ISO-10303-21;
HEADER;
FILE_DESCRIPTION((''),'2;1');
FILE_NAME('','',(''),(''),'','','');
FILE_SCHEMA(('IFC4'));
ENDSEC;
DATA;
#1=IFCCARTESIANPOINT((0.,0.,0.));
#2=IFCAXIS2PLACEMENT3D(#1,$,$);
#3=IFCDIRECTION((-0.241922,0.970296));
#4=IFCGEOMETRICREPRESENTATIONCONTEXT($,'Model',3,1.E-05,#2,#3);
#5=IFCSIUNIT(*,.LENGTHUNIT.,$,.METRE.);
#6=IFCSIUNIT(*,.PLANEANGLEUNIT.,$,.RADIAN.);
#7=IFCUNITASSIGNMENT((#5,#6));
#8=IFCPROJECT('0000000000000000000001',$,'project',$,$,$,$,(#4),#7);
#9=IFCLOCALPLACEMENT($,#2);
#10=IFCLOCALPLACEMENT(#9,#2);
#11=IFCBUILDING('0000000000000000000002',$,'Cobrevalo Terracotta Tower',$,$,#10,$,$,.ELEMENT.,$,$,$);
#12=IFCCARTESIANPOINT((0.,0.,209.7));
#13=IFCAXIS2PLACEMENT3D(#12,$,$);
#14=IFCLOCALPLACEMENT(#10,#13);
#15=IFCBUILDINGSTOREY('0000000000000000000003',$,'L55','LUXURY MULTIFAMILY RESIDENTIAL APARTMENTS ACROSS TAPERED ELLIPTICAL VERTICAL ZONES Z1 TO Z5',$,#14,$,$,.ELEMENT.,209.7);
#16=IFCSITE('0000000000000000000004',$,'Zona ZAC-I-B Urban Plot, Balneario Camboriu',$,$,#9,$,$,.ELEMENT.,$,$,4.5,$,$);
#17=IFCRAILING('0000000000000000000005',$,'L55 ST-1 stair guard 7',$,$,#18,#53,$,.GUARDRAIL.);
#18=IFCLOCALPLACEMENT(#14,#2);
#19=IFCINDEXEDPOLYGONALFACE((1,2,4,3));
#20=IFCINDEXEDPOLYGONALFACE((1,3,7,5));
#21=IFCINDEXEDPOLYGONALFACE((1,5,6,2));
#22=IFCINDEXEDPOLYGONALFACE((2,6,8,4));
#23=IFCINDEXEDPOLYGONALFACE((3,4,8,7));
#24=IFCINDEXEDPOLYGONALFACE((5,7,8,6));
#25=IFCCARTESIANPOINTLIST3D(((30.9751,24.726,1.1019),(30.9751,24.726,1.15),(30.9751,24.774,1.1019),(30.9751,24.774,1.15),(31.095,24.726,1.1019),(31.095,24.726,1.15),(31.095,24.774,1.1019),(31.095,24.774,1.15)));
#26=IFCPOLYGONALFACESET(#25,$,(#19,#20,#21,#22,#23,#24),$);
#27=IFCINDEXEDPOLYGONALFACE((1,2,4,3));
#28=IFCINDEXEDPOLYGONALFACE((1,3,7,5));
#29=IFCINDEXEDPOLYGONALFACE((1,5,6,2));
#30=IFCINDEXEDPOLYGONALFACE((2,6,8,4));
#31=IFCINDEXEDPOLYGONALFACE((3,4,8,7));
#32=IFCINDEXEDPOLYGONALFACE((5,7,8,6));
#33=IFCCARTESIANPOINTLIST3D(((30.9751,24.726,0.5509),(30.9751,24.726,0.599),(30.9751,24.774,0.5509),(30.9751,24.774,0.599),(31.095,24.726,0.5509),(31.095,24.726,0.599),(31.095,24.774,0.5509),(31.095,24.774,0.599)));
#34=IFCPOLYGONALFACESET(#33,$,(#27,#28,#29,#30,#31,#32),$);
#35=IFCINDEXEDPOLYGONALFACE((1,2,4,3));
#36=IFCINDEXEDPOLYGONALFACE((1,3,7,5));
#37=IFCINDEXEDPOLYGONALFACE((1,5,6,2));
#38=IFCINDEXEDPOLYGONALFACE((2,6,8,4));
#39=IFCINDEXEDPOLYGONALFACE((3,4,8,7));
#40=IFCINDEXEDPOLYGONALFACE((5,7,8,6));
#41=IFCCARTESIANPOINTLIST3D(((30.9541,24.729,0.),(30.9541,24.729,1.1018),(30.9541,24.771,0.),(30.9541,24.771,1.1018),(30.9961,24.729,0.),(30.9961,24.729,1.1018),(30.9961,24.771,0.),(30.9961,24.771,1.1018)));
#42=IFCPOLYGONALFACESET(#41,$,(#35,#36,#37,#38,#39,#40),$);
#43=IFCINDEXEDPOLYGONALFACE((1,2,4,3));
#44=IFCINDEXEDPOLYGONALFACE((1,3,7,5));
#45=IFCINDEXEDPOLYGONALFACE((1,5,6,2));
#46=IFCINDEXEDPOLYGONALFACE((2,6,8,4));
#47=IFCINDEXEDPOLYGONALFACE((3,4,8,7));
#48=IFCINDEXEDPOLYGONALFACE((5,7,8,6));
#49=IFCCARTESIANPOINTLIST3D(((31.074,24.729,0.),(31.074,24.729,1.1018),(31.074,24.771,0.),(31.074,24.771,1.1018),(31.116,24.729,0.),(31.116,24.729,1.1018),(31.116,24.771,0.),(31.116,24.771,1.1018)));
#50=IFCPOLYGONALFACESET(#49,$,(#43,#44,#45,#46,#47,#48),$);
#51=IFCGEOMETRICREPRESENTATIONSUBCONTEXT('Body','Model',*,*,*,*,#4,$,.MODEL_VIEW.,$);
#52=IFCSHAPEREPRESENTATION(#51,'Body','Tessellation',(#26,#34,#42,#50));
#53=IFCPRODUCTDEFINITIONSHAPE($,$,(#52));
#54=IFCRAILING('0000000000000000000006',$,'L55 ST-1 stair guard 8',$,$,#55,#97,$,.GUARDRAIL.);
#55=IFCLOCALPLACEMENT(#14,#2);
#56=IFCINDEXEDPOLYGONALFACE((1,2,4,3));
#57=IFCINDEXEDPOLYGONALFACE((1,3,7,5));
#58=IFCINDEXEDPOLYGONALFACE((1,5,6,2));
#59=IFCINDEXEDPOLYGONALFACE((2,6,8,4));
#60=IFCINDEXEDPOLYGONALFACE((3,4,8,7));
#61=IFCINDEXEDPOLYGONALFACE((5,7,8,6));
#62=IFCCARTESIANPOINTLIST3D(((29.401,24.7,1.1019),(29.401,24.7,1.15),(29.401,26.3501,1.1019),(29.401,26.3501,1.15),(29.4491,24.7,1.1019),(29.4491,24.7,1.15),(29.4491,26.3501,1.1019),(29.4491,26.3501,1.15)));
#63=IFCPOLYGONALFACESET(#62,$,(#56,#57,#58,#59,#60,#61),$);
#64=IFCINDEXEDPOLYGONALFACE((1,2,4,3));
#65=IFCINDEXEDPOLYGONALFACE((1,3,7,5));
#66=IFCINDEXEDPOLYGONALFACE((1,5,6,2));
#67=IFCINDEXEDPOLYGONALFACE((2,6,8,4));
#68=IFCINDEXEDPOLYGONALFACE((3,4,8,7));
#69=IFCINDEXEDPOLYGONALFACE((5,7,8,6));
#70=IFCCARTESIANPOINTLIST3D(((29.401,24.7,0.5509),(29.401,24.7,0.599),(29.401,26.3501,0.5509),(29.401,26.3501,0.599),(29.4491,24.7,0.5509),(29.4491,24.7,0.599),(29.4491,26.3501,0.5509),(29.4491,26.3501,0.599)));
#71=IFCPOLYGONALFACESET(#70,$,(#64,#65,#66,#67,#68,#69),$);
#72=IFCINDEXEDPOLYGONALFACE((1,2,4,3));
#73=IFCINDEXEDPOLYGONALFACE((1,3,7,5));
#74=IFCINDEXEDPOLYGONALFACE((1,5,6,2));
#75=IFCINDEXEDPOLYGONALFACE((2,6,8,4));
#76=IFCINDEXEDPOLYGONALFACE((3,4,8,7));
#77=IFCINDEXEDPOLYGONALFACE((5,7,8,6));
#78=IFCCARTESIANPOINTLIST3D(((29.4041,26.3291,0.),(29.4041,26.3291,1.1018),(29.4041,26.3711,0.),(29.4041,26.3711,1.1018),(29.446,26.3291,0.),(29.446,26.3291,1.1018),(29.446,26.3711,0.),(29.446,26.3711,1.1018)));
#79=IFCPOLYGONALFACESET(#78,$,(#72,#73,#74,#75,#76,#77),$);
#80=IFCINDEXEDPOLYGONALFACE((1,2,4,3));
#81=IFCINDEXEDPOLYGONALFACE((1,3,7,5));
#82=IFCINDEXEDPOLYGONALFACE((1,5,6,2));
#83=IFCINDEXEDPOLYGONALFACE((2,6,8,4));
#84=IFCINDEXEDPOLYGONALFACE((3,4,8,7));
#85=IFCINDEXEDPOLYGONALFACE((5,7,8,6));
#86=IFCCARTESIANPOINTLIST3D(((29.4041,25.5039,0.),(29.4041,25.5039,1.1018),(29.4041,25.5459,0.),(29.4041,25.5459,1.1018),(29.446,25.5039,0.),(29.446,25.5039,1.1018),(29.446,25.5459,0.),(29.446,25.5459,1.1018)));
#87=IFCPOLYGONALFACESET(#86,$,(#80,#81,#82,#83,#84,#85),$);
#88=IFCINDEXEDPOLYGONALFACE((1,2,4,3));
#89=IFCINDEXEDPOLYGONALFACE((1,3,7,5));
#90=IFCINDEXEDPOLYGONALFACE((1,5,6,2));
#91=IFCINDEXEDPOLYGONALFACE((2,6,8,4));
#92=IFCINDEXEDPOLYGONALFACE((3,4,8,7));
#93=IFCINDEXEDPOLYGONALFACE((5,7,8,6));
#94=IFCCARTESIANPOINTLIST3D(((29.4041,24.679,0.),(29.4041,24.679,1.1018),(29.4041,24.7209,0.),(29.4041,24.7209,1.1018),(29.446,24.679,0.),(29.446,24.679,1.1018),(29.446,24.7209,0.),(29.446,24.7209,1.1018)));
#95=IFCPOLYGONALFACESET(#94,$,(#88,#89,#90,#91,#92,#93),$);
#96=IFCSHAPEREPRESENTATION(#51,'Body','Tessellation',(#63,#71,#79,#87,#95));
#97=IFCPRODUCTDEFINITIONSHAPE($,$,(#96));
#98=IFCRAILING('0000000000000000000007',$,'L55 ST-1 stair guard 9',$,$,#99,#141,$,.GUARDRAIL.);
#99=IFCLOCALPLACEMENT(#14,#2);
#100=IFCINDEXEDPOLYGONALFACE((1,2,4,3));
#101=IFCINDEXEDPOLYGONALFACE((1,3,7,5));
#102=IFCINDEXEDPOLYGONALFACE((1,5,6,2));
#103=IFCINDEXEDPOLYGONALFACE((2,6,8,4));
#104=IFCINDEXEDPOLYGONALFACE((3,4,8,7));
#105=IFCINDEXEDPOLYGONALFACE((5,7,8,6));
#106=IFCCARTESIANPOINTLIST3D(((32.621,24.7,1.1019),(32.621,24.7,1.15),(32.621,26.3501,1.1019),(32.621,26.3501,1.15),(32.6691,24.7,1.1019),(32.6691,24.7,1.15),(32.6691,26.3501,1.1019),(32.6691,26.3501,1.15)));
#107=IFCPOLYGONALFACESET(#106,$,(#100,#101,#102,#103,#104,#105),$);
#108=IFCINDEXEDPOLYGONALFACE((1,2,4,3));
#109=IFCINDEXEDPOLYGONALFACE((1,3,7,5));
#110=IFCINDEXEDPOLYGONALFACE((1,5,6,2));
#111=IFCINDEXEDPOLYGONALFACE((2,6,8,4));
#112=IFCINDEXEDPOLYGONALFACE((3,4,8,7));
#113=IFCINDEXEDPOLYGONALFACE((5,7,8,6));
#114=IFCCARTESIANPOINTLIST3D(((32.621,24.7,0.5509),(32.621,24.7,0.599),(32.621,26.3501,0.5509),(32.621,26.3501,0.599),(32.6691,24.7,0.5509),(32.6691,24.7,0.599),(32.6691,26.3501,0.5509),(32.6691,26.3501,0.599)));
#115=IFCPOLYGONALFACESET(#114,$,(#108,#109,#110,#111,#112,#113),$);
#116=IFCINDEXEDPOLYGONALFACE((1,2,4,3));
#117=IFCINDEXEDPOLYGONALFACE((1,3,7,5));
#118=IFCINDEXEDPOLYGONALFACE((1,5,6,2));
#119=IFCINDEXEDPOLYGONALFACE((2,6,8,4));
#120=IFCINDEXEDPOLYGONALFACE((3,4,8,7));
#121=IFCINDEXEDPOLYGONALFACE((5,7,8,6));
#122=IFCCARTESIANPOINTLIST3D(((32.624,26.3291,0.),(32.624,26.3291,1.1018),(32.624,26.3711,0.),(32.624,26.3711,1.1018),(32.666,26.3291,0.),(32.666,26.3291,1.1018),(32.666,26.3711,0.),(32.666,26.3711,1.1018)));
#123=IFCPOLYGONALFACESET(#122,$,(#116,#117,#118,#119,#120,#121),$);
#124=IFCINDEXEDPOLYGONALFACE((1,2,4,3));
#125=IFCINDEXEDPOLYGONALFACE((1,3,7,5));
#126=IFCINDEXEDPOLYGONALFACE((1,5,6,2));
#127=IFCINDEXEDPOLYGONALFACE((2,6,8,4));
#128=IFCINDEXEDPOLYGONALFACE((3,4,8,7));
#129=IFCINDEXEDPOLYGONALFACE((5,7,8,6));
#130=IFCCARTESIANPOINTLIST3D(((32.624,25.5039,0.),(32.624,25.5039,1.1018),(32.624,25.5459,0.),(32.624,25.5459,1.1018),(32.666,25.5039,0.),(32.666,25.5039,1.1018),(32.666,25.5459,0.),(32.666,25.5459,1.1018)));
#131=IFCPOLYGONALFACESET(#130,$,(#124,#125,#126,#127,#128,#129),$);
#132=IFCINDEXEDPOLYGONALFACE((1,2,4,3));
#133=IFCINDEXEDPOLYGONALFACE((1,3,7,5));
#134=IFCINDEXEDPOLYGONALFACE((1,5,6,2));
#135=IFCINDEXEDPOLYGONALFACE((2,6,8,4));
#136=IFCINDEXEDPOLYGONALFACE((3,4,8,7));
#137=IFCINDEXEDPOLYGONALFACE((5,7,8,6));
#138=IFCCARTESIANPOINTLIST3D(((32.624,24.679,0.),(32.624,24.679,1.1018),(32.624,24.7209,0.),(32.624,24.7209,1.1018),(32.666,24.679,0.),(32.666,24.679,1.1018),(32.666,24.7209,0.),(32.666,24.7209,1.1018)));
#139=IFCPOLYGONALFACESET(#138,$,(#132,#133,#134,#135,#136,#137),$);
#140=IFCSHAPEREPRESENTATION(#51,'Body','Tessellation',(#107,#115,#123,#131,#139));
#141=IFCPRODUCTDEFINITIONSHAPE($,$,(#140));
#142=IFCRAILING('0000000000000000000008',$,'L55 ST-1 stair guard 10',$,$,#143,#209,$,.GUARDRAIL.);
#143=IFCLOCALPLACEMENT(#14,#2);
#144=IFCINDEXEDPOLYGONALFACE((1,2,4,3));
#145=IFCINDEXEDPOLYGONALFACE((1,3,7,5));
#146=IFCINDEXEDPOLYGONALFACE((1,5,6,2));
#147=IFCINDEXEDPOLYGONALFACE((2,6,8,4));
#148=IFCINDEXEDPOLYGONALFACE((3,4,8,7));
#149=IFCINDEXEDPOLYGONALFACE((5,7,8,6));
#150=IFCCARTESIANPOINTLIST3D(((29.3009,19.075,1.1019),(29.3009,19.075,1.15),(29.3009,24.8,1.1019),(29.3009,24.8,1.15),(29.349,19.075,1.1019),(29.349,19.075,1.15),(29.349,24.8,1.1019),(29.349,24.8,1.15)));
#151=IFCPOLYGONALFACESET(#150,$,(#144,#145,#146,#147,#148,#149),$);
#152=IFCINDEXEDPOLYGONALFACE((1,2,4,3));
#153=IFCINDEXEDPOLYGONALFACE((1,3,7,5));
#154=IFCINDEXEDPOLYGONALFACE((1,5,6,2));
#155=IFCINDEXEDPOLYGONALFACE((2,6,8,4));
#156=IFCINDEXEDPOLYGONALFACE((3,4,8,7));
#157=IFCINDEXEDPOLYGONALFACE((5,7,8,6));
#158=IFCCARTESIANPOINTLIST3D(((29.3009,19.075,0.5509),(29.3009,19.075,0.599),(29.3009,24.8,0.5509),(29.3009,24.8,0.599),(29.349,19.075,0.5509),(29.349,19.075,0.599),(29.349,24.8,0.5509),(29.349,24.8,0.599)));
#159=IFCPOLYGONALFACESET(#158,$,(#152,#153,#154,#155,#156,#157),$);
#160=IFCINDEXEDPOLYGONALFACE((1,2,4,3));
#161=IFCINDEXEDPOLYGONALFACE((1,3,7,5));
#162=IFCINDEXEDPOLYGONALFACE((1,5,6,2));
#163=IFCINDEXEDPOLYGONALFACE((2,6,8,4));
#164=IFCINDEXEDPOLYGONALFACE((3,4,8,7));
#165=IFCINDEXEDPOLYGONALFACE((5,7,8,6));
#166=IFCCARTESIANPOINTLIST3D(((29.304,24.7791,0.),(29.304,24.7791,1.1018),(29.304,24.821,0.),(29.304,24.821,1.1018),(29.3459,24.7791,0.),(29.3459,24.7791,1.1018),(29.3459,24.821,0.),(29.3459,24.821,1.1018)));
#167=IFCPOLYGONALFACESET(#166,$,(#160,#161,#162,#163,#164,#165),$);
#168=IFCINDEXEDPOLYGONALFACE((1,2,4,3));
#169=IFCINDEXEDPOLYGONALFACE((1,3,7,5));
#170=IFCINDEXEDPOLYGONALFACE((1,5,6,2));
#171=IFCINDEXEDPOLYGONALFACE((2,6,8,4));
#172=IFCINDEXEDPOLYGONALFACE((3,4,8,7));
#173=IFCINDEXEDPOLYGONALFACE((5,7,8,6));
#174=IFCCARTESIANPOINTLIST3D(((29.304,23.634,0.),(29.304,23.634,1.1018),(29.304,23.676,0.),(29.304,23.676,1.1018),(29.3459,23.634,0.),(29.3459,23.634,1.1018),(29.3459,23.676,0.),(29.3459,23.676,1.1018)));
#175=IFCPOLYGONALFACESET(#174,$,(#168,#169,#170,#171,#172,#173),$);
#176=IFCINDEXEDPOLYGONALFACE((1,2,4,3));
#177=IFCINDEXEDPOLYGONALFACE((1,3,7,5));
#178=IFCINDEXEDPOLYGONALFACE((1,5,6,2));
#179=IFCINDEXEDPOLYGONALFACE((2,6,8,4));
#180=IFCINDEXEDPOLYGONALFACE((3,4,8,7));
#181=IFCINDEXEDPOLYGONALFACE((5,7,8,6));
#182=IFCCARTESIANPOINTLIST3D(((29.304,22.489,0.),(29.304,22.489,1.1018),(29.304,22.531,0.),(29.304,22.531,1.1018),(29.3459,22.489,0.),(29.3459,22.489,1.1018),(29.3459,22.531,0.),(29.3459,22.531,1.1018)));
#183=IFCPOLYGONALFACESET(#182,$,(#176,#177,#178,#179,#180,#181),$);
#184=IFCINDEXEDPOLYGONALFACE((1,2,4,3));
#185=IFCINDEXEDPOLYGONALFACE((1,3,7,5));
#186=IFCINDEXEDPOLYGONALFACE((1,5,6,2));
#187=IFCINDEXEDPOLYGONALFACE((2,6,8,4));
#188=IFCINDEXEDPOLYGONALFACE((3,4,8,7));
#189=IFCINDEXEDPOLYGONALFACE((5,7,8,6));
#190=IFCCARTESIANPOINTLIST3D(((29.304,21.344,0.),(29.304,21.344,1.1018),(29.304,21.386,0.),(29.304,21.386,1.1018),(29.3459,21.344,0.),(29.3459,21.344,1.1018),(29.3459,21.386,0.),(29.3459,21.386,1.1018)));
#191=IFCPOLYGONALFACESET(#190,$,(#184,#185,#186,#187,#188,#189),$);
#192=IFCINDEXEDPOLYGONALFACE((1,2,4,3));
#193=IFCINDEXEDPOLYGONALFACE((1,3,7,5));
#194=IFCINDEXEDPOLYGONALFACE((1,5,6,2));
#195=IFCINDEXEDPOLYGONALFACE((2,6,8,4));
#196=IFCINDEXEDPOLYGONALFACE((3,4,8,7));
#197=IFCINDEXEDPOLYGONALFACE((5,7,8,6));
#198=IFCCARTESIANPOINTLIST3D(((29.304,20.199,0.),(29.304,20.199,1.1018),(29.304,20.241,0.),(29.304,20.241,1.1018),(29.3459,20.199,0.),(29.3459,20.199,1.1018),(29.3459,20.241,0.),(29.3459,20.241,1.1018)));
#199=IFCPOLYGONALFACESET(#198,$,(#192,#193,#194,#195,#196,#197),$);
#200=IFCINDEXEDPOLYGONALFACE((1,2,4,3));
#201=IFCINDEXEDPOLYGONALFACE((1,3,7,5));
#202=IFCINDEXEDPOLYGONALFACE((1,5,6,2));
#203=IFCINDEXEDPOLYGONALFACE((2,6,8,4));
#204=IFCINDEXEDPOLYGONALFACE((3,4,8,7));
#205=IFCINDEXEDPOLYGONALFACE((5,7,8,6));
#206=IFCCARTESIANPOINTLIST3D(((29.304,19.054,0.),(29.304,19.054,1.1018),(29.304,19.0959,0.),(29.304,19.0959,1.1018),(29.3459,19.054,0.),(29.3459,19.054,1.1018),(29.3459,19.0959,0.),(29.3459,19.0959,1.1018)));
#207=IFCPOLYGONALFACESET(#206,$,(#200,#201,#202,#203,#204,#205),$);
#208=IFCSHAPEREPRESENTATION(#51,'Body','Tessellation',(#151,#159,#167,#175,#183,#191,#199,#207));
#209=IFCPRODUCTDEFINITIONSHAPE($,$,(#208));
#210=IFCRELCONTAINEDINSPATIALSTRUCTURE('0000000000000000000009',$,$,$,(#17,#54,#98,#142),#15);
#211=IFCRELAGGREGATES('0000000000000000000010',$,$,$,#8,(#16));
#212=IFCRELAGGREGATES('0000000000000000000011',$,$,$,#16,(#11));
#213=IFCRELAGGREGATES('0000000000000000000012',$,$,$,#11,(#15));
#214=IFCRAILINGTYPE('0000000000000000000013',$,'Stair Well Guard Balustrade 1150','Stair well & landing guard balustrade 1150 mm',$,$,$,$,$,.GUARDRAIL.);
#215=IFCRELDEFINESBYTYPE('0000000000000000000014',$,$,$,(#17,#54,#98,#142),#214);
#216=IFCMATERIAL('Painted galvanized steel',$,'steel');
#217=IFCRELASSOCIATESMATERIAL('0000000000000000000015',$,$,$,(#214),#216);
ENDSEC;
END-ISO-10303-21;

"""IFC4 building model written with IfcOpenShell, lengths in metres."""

from ifc_helpers import new_model, si_unit, direction, frame, origin, origin_2d, place, context, subcontext, project, spatial, rectangle, extrude, material, type_object, element, save


model = new_model("IFC4")

# Units and contexts
model_context = context("Model", 3, precision=1e-05, world=origin(), true_north=direction((-0.241922, 0.970296)))
body_context = subcontext(model_context, "Body", "Model", "MODEL_VIEW")
ifc_project = project(units=[si_unit("LENGTHUNIT", "METRE"), si_unit("PLANEANGLEUNIT", "RADIAN")], contexts=[model_context])

# Site, building, storey
site_placement = place(None, origin())
site = spatial("IfcSite", under=ifc_project, at=site_placement, Name="Zona ZAC-I-B Urban Plot, Balneario Camboriu", CompositionType="ELEMENT", RefElevation=4.5)
building_placement = place(site_placement, origin())
building = spatial("IfcBuilding", under=site, at=building_placement, Name="Cobrevalo Terracotta Tower", CompositionType="ELEMENT")
storey_placement = place(building_placement, frame((0.0, 0.0, 209.7)))
storey = spatial("IfcBuildingStorey", under=building, at=storey_placement, Name="L55", Description="LUXURY MULTIFAMILY RESIDENTIAL APARTMENTS ACROSS TAPERED ELLIPTICAL VERTICAL ZONES Z1 TO Z5", CompositionType="ELEMENT", Elevation=209.7)

# Railings
ifc_material_1 = material(Name="Painted galvanized steel", Category="steel")
railing_type_1 = type_object("IfcRailingType", Name="Stair Well Guard Balustrade 1150", Description="Stair well & landing guard balustrade 1150 mm", PredefinedType="GUARDRAIL", material=ifc_material_1)
railing_1_placement = place(storey_placement, frame((30.9751, 24.75, 0.0)))
element("IfcRailing", 1, at=railing_1_placement, inside=storey, type_object=railing_type_1, Name="L55 ST-1 stair guard 7", PredefinedType="GUARDRAIL", context=body_context, shape_type="SweptSolid", body=[
    extrude(rectangle(XDim=0.0481, YDim=0.0481, at=origin_2d()), frame((0.0, 0.0, 1.126), z_axis=(1.0, 0.0, 0.0), x_axis=(0.0, 1.0, 0.0)), (0.0, 0.0, 1.0), 0.1199),
    extrude(rectangle(XDim=0.0481, YDim=0.0481, at=origin_2d()), frame((0.0, 0.0, 0.575), z_axis=(1.0, 0.0, 0.0), x_axis=(0.0, 1.0, 0.0)), (0.0, 0.0, 1.0), 0.1199),
    extrude(rectangle(XDim=0.042, YDim=0.042, at=origin_2d()), origin(), (0.0, 0.0, 1.0), 1.1018),
    extrude(rectangle(XDim=0.042, YDim=0.042, at=origin_2d()), frame((0.1199, 0.0, 0.0)), (0.0, 0.0, 1.0), 1.1018),
])
for number, where, name in (
    (2, (29.425, 26.3501, 0.0), "L55 ST-1 stair guard 8"),
    (3, (32.645, 26.3501, 0.0), "L55 ST-1 stair guard 9"),
):
    element("IfcRailing", number, at=place(storey_placement, frame(where)), inside=storey, type_object=railing_type_1, Name=name, PredefinedType="GUARDRAIL", context=body_context, shape_type="SweptSolid", body=[
        extrude(rectangle(XDim=0.0481, YDim=0.0481, at=origin_2d()), frame((0.0, 0.0, 1.126), z_axis=(0.0, -1.0, 0.0), x_axis=(1.0, 0.0, 0.0)), (0.0, 0.0, 1.0), 1.6501),
        extrude(rectangle(XDim=0.0481, YDim=0.0481, at=origin_2d()), frame((0.0, 0.0, 0.575), z_axis=(0.0, -1.0, 0.0), x_axis=(1.0, 0.0, 0.0)), (0.0, 0.0, 1.0), 1.6501),
        extrude(rectangle(XDim=0.042, YDim=0.042, at=origin_2d()), origin(), (0.0, 0.0, 1.0), 1.1018),
        extrude(rectangle(XDim=0.042, YDim=0.042, at=origin_2d()), frame((0.0, -0.8252, 0.0)), (0.0, 0.0, 1.0), 1.1018),
        extrude(rectangle(XDim=0.042, YDim=0.042, at=origin_2d()), frame((0.0, -1.6501, 0.0)), (0.0, 0.0, 1.0), 1.1018),
    ])
for number, where, name in (
    (4, (29.325, 24.8, 0.0), "L55 ST-1 stair guard 10"),
):
    element("IfcRailing", number, at=place(storey_placement, frame(where)), inside=storey, type_object=railing_type_1, Name=name, PredefinedType="GUARDRAIL", context=body_context, shape_type="SweptSolid", body=[
        extrude(rectangle(XDim=0.0481, YDim=0.0481, at=origin_2d()), frame((0.0, 0.0, 1.126), z_axis=(0.0, -1.0, 0.0), x_axis=(1.0, 0.0, 0.0)), (0.0, 0.0, 1.0), 5.7251),
        extrude(rectangle(XDim=0.0481, YDim=0.0481, at=origin_2d()), frame((0.0, 0.0, 0.575), z_axis=(0.0, -1.0, 0.0), x_axis=(1.0, 0.0, 0.0)), (0.0, 0.0, 1.0), 5.7251),
        extrude(rectangle(XDim=0.042, YDim=0.042, at=origin_2d()), origin(), (0.0, 0.0, 1.0), 1.1018),
        extrude(rectangle(XDim=0.042, YDim=0.042, at=origin_2d()), frame((0.0, -1.145, 0.0)), (0.0, 0.0, 1.0), 1.1018),
        extrude(rectangle(XDim=0.042, YDim=0.042, at=origin_2d()), frame((0.0, -2.29, 0.0)), (0.0, 0.0, 1.0), 1.1018),
        extrude(rectangle(XDim=0.042, YDim=0.042, at=origin_2d()), frame((0.0, -3.4351, 0.0)), (0.0, 0.0, 1.0), 1.1018),
        extrude(rectangle(XDim=0.042, YDim=0.042, at=origin_2d()), frame((0.0, -4.5801, 0.0)), (0.0, 0.0, 1.0), 1.1018),
        extrude(rectangle(XDim=0.042, YDim=0.042, at=origin_2d()), frame((0.0, -5.7251, 0.0)), (0.0, 0.0, 1.0), 1.1018),
    ])

save(model, "model.ifc")
